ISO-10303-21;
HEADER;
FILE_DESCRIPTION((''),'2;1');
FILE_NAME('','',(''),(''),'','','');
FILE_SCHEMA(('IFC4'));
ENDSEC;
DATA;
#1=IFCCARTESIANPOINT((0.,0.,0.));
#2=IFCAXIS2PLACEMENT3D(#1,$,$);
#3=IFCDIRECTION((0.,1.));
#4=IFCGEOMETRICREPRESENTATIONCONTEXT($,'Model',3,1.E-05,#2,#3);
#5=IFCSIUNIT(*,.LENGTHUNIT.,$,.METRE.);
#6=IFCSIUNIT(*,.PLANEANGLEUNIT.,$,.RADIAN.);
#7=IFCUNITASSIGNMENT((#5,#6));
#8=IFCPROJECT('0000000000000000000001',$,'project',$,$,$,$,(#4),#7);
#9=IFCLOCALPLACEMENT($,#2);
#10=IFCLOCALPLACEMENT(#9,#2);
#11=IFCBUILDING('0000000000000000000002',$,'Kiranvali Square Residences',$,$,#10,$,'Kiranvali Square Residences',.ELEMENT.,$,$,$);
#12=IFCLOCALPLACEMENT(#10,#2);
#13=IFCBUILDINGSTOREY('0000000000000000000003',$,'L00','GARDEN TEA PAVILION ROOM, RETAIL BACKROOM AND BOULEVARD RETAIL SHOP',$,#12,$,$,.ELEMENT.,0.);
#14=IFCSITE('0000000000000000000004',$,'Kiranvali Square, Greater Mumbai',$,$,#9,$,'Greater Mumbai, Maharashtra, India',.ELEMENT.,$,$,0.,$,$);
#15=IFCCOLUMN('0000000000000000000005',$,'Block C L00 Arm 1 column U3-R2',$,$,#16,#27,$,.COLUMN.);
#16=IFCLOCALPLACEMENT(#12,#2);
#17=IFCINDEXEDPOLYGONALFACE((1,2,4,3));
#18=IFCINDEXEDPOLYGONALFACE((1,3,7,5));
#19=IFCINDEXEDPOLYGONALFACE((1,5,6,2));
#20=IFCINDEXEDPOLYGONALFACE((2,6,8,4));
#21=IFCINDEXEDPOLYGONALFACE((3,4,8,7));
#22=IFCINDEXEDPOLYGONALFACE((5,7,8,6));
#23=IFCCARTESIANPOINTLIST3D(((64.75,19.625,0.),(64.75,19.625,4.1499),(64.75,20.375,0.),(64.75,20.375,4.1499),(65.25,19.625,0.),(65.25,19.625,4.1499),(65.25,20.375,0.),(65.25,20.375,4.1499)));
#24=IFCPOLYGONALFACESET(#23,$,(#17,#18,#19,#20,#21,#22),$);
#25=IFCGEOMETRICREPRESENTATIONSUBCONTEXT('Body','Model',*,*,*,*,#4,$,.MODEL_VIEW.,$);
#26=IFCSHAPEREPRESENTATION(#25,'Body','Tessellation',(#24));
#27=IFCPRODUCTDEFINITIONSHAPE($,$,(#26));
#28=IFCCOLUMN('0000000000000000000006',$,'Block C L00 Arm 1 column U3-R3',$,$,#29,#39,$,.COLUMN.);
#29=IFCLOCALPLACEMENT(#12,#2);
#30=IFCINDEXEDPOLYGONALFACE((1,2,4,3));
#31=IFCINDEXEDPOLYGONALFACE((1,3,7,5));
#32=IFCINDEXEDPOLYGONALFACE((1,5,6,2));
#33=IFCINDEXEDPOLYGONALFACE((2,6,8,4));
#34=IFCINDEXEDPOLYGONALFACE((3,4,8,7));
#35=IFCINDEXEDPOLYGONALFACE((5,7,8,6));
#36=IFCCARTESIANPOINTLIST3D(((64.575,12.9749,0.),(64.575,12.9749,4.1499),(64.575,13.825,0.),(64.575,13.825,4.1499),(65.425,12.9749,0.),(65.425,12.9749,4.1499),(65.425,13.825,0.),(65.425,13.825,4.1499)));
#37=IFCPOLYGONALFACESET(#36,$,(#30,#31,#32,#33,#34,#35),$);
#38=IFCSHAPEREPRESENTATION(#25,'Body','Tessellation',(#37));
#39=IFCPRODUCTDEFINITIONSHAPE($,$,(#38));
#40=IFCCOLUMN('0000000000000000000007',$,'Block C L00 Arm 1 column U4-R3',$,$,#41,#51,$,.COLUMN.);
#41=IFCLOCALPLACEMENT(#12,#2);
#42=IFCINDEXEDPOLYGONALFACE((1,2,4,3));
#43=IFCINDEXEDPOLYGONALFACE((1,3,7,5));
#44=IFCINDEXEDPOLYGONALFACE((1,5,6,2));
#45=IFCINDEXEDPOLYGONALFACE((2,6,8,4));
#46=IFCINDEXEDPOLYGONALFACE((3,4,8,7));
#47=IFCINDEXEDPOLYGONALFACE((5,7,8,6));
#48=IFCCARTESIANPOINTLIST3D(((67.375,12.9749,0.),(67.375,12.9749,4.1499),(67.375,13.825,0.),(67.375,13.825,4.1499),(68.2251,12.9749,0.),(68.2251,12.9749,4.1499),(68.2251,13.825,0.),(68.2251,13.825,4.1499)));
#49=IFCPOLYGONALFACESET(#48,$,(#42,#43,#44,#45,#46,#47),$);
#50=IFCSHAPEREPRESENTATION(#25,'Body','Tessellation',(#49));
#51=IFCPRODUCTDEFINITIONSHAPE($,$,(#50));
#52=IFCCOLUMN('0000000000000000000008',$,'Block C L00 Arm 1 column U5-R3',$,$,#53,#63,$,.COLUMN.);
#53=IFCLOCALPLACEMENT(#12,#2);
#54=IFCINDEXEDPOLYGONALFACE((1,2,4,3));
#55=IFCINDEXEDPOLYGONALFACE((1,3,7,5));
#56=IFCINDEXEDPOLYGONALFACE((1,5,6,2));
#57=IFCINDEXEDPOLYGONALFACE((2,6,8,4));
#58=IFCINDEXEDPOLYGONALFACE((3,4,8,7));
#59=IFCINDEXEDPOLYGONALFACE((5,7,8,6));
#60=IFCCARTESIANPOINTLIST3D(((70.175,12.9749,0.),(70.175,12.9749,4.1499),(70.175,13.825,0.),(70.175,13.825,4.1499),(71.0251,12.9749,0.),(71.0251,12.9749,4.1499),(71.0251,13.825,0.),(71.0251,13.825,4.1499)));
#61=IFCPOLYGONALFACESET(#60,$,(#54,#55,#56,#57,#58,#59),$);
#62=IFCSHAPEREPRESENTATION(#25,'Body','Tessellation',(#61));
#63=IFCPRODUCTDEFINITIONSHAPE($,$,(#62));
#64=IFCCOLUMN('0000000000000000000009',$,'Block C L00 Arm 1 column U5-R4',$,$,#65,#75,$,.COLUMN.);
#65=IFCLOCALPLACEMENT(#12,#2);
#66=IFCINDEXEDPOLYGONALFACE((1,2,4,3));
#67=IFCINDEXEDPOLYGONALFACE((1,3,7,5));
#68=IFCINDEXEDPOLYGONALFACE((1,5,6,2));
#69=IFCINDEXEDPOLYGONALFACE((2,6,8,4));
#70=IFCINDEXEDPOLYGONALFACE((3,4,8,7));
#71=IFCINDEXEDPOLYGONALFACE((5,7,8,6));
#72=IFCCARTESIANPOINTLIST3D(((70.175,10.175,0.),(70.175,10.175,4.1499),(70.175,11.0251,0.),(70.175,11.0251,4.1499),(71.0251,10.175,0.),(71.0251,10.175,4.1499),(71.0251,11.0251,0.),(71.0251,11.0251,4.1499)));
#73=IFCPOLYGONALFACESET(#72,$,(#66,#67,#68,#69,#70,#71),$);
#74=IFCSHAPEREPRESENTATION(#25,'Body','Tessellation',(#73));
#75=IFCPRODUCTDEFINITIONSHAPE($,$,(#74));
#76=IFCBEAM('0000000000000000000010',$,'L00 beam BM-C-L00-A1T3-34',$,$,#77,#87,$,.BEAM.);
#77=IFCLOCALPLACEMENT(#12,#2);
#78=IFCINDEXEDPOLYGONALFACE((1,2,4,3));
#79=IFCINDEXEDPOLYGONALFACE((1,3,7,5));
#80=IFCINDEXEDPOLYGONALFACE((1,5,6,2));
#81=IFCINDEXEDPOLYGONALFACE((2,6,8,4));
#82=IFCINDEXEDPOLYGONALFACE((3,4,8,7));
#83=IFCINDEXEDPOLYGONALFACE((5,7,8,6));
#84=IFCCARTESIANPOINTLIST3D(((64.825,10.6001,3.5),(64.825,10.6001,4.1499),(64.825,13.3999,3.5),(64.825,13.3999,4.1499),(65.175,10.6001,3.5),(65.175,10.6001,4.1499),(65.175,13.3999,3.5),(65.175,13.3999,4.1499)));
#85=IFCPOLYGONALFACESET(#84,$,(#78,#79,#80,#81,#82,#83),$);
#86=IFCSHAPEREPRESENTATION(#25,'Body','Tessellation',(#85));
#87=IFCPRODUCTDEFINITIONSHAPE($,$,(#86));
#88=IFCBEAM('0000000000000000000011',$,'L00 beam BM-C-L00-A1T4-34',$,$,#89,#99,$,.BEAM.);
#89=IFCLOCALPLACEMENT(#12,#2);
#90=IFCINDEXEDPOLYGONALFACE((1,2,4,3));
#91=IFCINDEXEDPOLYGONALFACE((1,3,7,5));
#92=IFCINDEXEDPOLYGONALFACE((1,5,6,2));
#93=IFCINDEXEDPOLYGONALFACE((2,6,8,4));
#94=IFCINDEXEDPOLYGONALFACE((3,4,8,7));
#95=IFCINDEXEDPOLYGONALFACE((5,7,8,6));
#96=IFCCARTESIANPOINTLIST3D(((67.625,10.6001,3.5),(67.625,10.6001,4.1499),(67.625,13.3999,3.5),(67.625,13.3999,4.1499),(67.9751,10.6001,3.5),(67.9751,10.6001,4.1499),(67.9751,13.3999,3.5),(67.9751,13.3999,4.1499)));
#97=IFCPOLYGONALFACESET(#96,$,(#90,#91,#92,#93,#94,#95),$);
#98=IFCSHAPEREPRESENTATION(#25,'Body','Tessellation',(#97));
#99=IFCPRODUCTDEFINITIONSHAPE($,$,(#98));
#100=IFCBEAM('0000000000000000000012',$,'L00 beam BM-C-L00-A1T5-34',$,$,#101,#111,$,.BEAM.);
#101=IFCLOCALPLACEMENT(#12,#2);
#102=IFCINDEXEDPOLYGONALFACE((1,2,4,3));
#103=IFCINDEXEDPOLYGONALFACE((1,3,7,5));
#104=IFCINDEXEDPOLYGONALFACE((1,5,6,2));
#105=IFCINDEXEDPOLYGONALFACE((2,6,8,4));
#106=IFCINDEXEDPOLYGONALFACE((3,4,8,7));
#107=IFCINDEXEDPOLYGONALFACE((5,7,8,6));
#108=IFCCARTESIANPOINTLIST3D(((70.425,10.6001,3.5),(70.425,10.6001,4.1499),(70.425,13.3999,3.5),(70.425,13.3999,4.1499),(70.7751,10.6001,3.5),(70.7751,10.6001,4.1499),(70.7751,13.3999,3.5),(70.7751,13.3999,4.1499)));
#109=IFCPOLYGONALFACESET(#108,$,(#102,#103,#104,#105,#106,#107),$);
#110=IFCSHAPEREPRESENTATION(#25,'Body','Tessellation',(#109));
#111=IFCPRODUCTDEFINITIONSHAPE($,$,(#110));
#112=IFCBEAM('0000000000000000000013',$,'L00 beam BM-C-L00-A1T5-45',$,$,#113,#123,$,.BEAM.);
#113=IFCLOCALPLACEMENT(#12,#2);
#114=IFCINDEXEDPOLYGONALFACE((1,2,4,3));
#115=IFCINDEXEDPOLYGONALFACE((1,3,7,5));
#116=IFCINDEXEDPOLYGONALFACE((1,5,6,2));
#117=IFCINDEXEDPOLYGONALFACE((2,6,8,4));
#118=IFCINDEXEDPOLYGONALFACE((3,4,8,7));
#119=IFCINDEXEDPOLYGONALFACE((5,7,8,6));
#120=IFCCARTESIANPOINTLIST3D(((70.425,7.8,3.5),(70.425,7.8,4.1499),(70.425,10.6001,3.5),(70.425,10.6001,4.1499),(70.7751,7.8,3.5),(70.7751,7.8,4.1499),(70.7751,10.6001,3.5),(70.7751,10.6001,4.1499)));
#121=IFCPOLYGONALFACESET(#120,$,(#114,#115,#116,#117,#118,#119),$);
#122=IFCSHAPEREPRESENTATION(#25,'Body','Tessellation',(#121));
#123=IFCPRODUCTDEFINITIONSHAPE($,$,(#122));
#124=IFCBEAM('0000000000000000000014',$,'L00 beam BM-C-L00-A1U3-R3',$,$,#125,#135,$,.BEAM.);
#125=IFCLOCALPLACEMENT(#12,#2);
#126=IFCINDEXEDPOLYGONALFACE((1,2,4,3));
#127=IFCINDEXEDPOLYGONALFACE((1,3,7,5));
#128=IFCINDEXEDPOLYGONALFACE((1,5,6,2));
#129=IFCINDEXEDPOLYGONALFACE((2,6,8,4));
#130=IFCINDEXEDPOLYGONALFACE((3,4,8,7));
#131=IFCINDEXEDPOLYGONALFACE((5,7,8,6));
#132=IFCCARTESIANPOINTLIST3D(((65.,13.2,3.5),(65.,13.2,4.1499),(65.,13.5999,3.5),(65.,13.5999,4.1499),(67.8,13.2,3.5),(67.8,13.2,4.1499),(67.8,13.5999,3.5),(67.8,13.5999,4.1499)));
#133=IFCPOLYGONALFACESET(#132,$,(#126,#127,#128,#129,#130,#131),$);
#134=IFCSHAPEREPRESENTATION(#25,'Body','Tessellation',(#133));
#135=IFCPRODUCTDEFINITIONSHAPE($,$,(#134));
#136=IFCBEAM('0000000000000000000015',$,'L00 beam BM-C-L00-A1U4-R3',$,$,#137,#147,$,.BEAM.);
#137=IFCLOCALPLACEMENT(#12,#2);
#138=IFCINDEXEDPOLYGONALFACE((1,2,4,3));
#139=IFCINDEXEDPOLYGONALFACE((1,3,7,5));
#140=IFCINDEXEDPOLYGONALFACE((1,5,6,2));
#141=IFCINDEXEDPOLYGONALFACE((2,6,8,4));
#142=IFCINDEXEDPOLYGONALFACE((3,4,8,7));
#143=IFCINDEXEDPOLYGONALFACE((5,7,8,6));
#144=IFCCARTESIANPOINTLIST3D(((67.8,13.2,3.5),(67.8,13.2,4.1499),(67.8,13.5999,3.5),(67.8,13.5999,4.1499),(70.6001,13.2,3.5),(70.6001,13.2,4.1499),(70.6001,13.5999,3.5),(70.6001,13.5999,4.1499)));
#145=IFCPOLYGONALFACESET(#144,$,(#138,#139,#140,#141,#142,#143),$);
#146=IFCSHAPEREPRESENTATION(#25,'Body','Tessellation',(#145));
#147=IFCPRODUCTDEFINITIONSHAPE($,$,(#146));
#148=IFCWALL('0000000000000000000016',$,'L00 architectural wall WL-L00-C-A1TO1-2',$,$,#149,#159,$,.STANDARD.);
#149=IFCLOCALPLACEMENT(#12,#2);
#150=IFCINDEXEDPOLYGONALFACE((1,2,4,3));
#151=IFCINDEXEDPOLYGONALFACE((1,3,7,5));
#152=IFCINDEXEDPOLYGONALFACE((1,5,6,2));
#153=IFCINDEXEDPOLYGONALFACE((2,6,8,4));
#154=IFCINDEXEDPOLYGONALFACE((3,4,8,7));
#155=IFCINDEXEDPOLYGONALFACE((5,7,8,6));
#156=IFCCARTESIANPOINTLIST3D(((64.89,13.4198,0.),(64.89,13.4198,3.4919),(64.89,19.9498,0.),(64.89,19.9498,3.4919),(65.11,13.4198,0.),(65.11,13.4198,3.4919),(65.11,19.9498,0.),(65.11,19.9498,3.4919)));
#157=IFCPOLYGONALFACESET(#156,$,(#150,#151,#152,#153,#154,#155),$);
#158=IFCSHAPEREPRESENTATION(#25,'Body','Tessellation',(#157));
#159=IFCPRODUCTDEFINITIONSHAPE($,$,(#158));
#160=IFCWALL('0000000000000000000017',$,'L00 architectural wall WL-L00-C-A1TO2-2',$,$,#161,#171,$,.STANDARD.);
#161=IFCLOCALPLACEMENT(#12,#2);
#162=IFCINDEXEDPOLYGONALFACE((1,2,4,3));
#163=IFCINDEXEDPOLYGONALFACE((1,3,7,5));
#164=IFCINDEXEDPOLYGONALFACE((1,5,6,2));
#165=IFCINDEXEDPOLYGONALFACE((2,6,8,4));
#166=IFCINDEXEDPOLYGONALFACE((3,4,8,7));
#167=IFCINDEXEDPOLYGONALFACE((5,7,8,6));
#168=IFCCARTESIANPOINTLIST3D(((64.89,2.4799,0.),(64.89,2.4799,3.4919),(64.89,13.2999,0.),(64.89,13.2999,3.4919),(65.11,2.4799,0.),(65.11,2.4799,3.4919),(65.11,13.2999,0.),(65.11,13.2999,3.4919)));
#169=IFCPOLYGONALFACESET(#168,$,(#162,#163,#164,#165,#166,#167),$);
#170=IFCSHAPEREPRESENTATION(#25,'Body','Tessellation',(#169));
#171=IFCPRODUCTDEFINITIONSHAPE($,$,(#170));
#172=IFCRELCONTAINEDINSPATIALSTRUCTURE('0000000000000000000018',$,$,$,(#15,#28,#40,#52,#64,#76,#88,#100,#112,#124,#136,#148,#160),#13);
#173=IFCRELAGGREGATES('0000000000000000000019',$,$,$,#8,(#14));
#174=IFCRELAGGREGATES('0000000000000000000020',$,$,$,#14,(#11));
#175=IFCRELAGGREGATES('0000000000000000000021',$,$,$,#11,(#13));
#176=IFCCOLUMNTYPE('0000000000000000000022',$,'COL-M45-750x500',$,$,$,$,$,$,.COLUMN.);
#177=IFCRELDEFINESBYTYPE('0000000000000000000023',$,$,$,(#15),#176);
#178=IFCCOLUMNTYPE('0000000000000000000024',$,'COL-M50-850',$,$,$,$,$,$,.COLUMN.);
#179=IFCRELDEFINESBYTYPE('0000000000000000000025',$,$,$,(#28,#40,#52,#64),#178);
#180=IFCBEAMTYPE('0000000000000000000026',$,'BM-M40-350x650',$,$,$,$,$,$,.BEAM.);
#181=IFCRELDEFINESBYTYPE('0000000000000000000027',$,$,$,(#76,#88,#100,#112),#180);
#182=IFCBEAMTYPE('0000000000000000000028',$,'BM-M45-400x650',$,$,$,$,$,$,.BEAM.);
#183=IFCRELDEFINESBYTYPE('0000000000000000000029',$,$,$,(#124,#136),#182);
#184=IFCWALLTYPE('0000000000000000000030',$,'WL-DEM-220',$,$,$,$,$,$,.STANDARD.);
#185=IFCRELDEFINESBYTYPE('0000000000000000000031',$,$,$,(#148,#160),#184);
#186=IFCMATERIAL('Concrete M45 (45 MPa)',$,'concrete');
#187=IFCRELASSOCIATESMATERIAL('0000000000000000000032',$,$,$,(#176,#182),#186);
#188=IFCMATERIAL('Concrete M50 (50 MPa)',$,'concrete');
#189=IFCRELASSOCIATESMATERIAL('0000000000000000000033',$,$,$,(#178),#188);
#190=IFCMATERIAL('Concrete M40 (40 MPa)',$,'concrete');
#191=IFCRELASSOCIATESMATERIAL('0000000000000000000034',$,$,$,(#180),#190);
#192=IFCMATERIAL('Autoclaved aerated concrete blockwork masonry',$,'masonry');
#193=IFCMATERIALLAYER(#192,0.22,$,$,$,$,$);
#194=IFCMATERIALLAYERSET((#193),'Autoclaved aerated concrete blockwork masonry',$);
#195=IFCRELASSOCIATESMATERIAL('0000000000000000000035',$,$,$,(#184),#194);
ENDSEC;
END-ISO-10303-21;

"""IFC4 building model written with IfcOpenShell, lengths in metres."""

from ifc_helpers import new_model, si_unit, direction, frame, frame_2d, origin, origin_2d, place, context, subcontext, project, spatial, rectangle, extrude, material, layer, layer_set, material_profile, profile_set, type_object, element, save


model = new_model("IFC4")

# Units and contexts
model_context = context("Model", 3, precision=1e-05, world=origin(), true_north=direction((0.0, 1.0)))
body_context = subcontext(model_context, "Body", "Model", "MODEL_VIEW")
ifc_project = project(units=[si_unit("LENGTHUNIT", "METRE"), si_unit("PLANEANGLEUNIT", "RADIAN")], contexts=[model_context])

# Site, building, storey
site_placement = place(None, origin())
site = spatial("IfcSite", under=ifc_project, at=site_placement, Name="Kiranvali Square, Greater Mumbai", LongName="Greater Mumbai, Maharashtra, India", CompositionType="ELEMENT", RefElevation=0.0)
building_placement = place(site_placement, origin())
building = spatial("IfcBuilding", under=site, at=building_placement, Name="Kiranvali Square Residences", LongName="Kiranvali Square Residences", CompositionType="ELEMENT")
storey_placement = place(building_placement, origin())
storey = spatial("IfcBuildingStorey", under=building, at=storey_placement, Name="L00", Description="GARDEN TEA PAVILION ROOM, RETAIL BACKROOM AND BOULEVARD RETAIL SHOP", CompositionType="ELEMENT", Elevation=0.0)

# Columns
ifc_material_1 = material(Name="Concrete M45 (45 MPa)", Category="concrete")
ifc_material_profile_1 = material_profile(ifc_material_1, rectangle(XDim=0.5, YDim=0.75, at=origin_2d()), Name="RC 750x500")
ifc_profile_set_1 = profile_set([ifc_material_profile_1], Name="Concrete M45 (45 MPa)")
column_type_1 = type_object("IfcColumnType", Name="COL-M45-750x500", PredefinedType="COLUMN", material=ifc_profile_set_1)
column_placement = place(storey_placement, frame((65.0, 20.0, 0.0), z_axis=(0.0, 0.0, 1.0), x_axis=(1.0, 0.0, 0.0)))
element("IfcColumn", 1, at=column_placement, inside=storey, type_object=column_type_1, Name="Block C L00 Arm 1 column U3-R2", PredefinedType="COLUMN", context=body_context, shape_type="SweptSolid", body=[
    extrude(rectangle(XDim=0.5, YDim=0.75, at=origin_2d()), origin(), (0.0, 0.0, 1.0), 4.1499),
])
ifc_material_2 = material(Name="Concrete M50 (50 MPa)", Category="concrete")
ifc_material_profile_2 = material_profile(ifc_material_2, rectangle(XDim=0.8501, YDim=0.8501, at=origin_2d()), Name="RC 850x850")
ifc_profile_set_2 = profile_set([ifc_material_profile_2], Name="Concrete M50 (50 MPa)")
column_type_2 = type_object("IfcColumnType", Name="COL-M50-850", PredefinedType="COLUMN", material=ifc_profile_set_2)
for number, where, z_axis, x_axis, name in (
    (2, (65.0, 13.3999, 0.0), (0.0, 0.0, 1.0), (1.0, 0.0, 0.0), "Block C L00 Arm 1 column U3-R3"),
    (3, (67.8, 13.3999, 0.0), (0.0, 0.0, 1.0), (1.0, 0.0, 0.0), "Block C L00 Arm 1 column U4-R3"),
    (4, (70.6001, 13.3999, 0.0), (0.0, 0.0, 1.0), (1.0, 0.0, 0.0), "Block C L00 Arm 1 column U5-R3"),
    (5, (70.6001, 10.6001, 0.0), (0.0, 0.0, 1.0), (1.0, 0.0, 0.0), "Block C L00 Arm 1 column U5-R4"),
):
    element("IfcColumn", number, at=place(storey_placement, frame(where, z_axis=z_axis, x_axis=x_axis)), inside=storey, type_object=column_type_2, Name=name, PredefinedType="COLUMN", context=body_context, shape_type="SweptSolid", body=[
        extrude(rectangle(XDim=0.8501, YDim=0.8501, at=origin_2d()), origin(), (0.0, 0.0, 1.0), 4.1499),
    ])

# Beams
ifc_material_3 = material(Name="Concrete M40 (40 MPa)", Category="concrete")
ifc_material_profile_3 = material_profile(ifc_material_3, rectangle(XDim=0.3501, YDim=0.6499, at=origin_2d()), Name="RC 350x650")
ifc_profile_set_3 = profile_set([ifc_material_profile_3], Name="Concrete M40 (40 MPa)")
beam_type_1 = type_object("IfcBeamType", Name="BM-M40-350x650", PredefinedType="BEAM", material=ifc_profile_set_3)
for number, where, z_axis, x_axis, name in (
    (6, (65.0, 13.3999, 3.825), (0.0, -1.0, 0.0), (1.0, 0.0, 0.0), "L00 beam BM-C-L00-A1T3-34"),
    (7, (67.8, 13.3999, 3.825), (0.0, -1.0, 0.0), (1.0, 0.0, 0.0), "L00 beam BM-C-L00-A1T4-34"),
    (8, (70.6001, 13.3999, 3.825), (0.0, -1.0, 0.0), (1.0, 0.0, 0.0), "L00 beam BM-C-L00-A1T5-34"),
):
    element("IfcBeam", number, at=place(storey_placement, frame(where, z_axis=z_axis, x_axis=x_axis)), inside=storey, type_object=beam_type_1, Name=name, PredefinedType="BEAM", context=body_context, shape_type="SweptSolid", body=[
        extrude(rectangle(XDim=0.3501, YDim=0.6499, at=origin_2d()), origin(), (0.0, 0.0, 1.0), 2.7998),
    ])
beam_placement = place(storey_placement, frame((70.6001, 10.6001, 3.825), z_axis=(0.0, -1.0, 0.0), x_axis=(1.0, 0.0, 0.0)))
element("IfcBeam", 9, at=beam_placement, inside=storey, type_object=beam_type_1, Name="L00 beam BM-C-L00-A1T5-45", PredefinedType="BEAM", context=body_context, shape_type="SweptSolid", body=[
    extrude(rectangle(XDim=0.3501, YDim=0.6499, at=origin_2d()), origin(), (0.0, 0.0, 1.0), 2.8),
])
ifc_material_profile_4 = material_profile(ifc_material_1, rectangle(XDim=0.3999, YDim=0.6499, at=origin_2d()), Name="RC 400x650")
ifc_profile_set_4 = profile_set([ifc_material_profile_4], Name="Concrete M45 (45 MPa)")
beam_type_2 = type_object("IfcBeamType", Name="BM-M45-400x650", PredefinedType="BEAM", material=ifc_profile_set_4)
for number, where, z_axis, x_axis, name in (
    (10, (65.0, 13.3999, 3.825), (1.0, 0.0, 0.0), (0.0, 1.0, 0.0), "L00 beam BM-C-L00-A1U3-R3"),
    (11, (67.8, 13.3999, 3.825), (1.0, 0.0, 0.0), (0.0, 1.0, 0.0), "L00 beam BM-C-L00-A1U4-R3"),
):
    element("IfcBeam", number, at=place(storey_placement, frame(where, z_axis=z_axis, x_axis=x_axis)), inside=storey, type_object=beam_type_2, Name=name, PredefinedType="BEAM", context=body_context, shape_type="SweptSolid", body=[
        extrude(rectangle(XDim=0.3999, YDim=0.6499, at=origin_2d()), origin(), (0.0, 0.0, 1.0), 2.8),
    ])

# Walls
ifc_material_4 = material(Name="Autoclaved aerated concrete blockwork masonry", Category="masonry")
ifc_layer_1 = layer(ifc_material_4, 0.22)
ifc_layer_set_1 = layer_set([ifc_layer_1], Name="Autoclaved aerated concrete blockwork masonry")
wall_type_1 = type_object("IfcWallType", Name="WL-DEM-220", PredefinedType="STANDARD", material=ifc_layer_set_1)
wall_1_placement = place(storey_placement, frame((65.0, 19.95, 0.0), z_axis=(0.0, 0.0, 1.0), x_axis=(0.0, -1.0, 0.0)))
element("IfcWall", 12, at=wall_1_placement, inside=storey, type_object=wall_type_1, Name="L00 architectural wall WL-L00-C-A1TO1-2", PredefinedType="STANDARD", context=body_context, shape_type="SweptSolid", body=[
    extrude(rectangle(XDim=6.53, YDim=0.22, at=frame_2d((3.2651, 0.0))), origin(), (0.0, 0.0, 1.0), 3.4919),
])
wall_2_placement = place(storey_placement, frame((65.0, 13.3, 0.0), z_axis=(0.0, 0.0, 1.0), x_axis=(0.0, -1.0, 0.0)))
element("IfcWall", 13, at=wall_2_placement, inside=storey, type_object=wall_type_1, Name="L00 architectural wall WL-L00-C-A1TO2-2", PredefinedType="STANDARD", context=body_context, shape_type="SweptSolid", body=[
    extrude(rectangle(XDim=10.8201, YDim=0.22, at=frame_2d((5.4102, 0.0))), origin(), (0.0, 0.0, 1.0), 3.4919),
])

save(model, "model.ifc")
